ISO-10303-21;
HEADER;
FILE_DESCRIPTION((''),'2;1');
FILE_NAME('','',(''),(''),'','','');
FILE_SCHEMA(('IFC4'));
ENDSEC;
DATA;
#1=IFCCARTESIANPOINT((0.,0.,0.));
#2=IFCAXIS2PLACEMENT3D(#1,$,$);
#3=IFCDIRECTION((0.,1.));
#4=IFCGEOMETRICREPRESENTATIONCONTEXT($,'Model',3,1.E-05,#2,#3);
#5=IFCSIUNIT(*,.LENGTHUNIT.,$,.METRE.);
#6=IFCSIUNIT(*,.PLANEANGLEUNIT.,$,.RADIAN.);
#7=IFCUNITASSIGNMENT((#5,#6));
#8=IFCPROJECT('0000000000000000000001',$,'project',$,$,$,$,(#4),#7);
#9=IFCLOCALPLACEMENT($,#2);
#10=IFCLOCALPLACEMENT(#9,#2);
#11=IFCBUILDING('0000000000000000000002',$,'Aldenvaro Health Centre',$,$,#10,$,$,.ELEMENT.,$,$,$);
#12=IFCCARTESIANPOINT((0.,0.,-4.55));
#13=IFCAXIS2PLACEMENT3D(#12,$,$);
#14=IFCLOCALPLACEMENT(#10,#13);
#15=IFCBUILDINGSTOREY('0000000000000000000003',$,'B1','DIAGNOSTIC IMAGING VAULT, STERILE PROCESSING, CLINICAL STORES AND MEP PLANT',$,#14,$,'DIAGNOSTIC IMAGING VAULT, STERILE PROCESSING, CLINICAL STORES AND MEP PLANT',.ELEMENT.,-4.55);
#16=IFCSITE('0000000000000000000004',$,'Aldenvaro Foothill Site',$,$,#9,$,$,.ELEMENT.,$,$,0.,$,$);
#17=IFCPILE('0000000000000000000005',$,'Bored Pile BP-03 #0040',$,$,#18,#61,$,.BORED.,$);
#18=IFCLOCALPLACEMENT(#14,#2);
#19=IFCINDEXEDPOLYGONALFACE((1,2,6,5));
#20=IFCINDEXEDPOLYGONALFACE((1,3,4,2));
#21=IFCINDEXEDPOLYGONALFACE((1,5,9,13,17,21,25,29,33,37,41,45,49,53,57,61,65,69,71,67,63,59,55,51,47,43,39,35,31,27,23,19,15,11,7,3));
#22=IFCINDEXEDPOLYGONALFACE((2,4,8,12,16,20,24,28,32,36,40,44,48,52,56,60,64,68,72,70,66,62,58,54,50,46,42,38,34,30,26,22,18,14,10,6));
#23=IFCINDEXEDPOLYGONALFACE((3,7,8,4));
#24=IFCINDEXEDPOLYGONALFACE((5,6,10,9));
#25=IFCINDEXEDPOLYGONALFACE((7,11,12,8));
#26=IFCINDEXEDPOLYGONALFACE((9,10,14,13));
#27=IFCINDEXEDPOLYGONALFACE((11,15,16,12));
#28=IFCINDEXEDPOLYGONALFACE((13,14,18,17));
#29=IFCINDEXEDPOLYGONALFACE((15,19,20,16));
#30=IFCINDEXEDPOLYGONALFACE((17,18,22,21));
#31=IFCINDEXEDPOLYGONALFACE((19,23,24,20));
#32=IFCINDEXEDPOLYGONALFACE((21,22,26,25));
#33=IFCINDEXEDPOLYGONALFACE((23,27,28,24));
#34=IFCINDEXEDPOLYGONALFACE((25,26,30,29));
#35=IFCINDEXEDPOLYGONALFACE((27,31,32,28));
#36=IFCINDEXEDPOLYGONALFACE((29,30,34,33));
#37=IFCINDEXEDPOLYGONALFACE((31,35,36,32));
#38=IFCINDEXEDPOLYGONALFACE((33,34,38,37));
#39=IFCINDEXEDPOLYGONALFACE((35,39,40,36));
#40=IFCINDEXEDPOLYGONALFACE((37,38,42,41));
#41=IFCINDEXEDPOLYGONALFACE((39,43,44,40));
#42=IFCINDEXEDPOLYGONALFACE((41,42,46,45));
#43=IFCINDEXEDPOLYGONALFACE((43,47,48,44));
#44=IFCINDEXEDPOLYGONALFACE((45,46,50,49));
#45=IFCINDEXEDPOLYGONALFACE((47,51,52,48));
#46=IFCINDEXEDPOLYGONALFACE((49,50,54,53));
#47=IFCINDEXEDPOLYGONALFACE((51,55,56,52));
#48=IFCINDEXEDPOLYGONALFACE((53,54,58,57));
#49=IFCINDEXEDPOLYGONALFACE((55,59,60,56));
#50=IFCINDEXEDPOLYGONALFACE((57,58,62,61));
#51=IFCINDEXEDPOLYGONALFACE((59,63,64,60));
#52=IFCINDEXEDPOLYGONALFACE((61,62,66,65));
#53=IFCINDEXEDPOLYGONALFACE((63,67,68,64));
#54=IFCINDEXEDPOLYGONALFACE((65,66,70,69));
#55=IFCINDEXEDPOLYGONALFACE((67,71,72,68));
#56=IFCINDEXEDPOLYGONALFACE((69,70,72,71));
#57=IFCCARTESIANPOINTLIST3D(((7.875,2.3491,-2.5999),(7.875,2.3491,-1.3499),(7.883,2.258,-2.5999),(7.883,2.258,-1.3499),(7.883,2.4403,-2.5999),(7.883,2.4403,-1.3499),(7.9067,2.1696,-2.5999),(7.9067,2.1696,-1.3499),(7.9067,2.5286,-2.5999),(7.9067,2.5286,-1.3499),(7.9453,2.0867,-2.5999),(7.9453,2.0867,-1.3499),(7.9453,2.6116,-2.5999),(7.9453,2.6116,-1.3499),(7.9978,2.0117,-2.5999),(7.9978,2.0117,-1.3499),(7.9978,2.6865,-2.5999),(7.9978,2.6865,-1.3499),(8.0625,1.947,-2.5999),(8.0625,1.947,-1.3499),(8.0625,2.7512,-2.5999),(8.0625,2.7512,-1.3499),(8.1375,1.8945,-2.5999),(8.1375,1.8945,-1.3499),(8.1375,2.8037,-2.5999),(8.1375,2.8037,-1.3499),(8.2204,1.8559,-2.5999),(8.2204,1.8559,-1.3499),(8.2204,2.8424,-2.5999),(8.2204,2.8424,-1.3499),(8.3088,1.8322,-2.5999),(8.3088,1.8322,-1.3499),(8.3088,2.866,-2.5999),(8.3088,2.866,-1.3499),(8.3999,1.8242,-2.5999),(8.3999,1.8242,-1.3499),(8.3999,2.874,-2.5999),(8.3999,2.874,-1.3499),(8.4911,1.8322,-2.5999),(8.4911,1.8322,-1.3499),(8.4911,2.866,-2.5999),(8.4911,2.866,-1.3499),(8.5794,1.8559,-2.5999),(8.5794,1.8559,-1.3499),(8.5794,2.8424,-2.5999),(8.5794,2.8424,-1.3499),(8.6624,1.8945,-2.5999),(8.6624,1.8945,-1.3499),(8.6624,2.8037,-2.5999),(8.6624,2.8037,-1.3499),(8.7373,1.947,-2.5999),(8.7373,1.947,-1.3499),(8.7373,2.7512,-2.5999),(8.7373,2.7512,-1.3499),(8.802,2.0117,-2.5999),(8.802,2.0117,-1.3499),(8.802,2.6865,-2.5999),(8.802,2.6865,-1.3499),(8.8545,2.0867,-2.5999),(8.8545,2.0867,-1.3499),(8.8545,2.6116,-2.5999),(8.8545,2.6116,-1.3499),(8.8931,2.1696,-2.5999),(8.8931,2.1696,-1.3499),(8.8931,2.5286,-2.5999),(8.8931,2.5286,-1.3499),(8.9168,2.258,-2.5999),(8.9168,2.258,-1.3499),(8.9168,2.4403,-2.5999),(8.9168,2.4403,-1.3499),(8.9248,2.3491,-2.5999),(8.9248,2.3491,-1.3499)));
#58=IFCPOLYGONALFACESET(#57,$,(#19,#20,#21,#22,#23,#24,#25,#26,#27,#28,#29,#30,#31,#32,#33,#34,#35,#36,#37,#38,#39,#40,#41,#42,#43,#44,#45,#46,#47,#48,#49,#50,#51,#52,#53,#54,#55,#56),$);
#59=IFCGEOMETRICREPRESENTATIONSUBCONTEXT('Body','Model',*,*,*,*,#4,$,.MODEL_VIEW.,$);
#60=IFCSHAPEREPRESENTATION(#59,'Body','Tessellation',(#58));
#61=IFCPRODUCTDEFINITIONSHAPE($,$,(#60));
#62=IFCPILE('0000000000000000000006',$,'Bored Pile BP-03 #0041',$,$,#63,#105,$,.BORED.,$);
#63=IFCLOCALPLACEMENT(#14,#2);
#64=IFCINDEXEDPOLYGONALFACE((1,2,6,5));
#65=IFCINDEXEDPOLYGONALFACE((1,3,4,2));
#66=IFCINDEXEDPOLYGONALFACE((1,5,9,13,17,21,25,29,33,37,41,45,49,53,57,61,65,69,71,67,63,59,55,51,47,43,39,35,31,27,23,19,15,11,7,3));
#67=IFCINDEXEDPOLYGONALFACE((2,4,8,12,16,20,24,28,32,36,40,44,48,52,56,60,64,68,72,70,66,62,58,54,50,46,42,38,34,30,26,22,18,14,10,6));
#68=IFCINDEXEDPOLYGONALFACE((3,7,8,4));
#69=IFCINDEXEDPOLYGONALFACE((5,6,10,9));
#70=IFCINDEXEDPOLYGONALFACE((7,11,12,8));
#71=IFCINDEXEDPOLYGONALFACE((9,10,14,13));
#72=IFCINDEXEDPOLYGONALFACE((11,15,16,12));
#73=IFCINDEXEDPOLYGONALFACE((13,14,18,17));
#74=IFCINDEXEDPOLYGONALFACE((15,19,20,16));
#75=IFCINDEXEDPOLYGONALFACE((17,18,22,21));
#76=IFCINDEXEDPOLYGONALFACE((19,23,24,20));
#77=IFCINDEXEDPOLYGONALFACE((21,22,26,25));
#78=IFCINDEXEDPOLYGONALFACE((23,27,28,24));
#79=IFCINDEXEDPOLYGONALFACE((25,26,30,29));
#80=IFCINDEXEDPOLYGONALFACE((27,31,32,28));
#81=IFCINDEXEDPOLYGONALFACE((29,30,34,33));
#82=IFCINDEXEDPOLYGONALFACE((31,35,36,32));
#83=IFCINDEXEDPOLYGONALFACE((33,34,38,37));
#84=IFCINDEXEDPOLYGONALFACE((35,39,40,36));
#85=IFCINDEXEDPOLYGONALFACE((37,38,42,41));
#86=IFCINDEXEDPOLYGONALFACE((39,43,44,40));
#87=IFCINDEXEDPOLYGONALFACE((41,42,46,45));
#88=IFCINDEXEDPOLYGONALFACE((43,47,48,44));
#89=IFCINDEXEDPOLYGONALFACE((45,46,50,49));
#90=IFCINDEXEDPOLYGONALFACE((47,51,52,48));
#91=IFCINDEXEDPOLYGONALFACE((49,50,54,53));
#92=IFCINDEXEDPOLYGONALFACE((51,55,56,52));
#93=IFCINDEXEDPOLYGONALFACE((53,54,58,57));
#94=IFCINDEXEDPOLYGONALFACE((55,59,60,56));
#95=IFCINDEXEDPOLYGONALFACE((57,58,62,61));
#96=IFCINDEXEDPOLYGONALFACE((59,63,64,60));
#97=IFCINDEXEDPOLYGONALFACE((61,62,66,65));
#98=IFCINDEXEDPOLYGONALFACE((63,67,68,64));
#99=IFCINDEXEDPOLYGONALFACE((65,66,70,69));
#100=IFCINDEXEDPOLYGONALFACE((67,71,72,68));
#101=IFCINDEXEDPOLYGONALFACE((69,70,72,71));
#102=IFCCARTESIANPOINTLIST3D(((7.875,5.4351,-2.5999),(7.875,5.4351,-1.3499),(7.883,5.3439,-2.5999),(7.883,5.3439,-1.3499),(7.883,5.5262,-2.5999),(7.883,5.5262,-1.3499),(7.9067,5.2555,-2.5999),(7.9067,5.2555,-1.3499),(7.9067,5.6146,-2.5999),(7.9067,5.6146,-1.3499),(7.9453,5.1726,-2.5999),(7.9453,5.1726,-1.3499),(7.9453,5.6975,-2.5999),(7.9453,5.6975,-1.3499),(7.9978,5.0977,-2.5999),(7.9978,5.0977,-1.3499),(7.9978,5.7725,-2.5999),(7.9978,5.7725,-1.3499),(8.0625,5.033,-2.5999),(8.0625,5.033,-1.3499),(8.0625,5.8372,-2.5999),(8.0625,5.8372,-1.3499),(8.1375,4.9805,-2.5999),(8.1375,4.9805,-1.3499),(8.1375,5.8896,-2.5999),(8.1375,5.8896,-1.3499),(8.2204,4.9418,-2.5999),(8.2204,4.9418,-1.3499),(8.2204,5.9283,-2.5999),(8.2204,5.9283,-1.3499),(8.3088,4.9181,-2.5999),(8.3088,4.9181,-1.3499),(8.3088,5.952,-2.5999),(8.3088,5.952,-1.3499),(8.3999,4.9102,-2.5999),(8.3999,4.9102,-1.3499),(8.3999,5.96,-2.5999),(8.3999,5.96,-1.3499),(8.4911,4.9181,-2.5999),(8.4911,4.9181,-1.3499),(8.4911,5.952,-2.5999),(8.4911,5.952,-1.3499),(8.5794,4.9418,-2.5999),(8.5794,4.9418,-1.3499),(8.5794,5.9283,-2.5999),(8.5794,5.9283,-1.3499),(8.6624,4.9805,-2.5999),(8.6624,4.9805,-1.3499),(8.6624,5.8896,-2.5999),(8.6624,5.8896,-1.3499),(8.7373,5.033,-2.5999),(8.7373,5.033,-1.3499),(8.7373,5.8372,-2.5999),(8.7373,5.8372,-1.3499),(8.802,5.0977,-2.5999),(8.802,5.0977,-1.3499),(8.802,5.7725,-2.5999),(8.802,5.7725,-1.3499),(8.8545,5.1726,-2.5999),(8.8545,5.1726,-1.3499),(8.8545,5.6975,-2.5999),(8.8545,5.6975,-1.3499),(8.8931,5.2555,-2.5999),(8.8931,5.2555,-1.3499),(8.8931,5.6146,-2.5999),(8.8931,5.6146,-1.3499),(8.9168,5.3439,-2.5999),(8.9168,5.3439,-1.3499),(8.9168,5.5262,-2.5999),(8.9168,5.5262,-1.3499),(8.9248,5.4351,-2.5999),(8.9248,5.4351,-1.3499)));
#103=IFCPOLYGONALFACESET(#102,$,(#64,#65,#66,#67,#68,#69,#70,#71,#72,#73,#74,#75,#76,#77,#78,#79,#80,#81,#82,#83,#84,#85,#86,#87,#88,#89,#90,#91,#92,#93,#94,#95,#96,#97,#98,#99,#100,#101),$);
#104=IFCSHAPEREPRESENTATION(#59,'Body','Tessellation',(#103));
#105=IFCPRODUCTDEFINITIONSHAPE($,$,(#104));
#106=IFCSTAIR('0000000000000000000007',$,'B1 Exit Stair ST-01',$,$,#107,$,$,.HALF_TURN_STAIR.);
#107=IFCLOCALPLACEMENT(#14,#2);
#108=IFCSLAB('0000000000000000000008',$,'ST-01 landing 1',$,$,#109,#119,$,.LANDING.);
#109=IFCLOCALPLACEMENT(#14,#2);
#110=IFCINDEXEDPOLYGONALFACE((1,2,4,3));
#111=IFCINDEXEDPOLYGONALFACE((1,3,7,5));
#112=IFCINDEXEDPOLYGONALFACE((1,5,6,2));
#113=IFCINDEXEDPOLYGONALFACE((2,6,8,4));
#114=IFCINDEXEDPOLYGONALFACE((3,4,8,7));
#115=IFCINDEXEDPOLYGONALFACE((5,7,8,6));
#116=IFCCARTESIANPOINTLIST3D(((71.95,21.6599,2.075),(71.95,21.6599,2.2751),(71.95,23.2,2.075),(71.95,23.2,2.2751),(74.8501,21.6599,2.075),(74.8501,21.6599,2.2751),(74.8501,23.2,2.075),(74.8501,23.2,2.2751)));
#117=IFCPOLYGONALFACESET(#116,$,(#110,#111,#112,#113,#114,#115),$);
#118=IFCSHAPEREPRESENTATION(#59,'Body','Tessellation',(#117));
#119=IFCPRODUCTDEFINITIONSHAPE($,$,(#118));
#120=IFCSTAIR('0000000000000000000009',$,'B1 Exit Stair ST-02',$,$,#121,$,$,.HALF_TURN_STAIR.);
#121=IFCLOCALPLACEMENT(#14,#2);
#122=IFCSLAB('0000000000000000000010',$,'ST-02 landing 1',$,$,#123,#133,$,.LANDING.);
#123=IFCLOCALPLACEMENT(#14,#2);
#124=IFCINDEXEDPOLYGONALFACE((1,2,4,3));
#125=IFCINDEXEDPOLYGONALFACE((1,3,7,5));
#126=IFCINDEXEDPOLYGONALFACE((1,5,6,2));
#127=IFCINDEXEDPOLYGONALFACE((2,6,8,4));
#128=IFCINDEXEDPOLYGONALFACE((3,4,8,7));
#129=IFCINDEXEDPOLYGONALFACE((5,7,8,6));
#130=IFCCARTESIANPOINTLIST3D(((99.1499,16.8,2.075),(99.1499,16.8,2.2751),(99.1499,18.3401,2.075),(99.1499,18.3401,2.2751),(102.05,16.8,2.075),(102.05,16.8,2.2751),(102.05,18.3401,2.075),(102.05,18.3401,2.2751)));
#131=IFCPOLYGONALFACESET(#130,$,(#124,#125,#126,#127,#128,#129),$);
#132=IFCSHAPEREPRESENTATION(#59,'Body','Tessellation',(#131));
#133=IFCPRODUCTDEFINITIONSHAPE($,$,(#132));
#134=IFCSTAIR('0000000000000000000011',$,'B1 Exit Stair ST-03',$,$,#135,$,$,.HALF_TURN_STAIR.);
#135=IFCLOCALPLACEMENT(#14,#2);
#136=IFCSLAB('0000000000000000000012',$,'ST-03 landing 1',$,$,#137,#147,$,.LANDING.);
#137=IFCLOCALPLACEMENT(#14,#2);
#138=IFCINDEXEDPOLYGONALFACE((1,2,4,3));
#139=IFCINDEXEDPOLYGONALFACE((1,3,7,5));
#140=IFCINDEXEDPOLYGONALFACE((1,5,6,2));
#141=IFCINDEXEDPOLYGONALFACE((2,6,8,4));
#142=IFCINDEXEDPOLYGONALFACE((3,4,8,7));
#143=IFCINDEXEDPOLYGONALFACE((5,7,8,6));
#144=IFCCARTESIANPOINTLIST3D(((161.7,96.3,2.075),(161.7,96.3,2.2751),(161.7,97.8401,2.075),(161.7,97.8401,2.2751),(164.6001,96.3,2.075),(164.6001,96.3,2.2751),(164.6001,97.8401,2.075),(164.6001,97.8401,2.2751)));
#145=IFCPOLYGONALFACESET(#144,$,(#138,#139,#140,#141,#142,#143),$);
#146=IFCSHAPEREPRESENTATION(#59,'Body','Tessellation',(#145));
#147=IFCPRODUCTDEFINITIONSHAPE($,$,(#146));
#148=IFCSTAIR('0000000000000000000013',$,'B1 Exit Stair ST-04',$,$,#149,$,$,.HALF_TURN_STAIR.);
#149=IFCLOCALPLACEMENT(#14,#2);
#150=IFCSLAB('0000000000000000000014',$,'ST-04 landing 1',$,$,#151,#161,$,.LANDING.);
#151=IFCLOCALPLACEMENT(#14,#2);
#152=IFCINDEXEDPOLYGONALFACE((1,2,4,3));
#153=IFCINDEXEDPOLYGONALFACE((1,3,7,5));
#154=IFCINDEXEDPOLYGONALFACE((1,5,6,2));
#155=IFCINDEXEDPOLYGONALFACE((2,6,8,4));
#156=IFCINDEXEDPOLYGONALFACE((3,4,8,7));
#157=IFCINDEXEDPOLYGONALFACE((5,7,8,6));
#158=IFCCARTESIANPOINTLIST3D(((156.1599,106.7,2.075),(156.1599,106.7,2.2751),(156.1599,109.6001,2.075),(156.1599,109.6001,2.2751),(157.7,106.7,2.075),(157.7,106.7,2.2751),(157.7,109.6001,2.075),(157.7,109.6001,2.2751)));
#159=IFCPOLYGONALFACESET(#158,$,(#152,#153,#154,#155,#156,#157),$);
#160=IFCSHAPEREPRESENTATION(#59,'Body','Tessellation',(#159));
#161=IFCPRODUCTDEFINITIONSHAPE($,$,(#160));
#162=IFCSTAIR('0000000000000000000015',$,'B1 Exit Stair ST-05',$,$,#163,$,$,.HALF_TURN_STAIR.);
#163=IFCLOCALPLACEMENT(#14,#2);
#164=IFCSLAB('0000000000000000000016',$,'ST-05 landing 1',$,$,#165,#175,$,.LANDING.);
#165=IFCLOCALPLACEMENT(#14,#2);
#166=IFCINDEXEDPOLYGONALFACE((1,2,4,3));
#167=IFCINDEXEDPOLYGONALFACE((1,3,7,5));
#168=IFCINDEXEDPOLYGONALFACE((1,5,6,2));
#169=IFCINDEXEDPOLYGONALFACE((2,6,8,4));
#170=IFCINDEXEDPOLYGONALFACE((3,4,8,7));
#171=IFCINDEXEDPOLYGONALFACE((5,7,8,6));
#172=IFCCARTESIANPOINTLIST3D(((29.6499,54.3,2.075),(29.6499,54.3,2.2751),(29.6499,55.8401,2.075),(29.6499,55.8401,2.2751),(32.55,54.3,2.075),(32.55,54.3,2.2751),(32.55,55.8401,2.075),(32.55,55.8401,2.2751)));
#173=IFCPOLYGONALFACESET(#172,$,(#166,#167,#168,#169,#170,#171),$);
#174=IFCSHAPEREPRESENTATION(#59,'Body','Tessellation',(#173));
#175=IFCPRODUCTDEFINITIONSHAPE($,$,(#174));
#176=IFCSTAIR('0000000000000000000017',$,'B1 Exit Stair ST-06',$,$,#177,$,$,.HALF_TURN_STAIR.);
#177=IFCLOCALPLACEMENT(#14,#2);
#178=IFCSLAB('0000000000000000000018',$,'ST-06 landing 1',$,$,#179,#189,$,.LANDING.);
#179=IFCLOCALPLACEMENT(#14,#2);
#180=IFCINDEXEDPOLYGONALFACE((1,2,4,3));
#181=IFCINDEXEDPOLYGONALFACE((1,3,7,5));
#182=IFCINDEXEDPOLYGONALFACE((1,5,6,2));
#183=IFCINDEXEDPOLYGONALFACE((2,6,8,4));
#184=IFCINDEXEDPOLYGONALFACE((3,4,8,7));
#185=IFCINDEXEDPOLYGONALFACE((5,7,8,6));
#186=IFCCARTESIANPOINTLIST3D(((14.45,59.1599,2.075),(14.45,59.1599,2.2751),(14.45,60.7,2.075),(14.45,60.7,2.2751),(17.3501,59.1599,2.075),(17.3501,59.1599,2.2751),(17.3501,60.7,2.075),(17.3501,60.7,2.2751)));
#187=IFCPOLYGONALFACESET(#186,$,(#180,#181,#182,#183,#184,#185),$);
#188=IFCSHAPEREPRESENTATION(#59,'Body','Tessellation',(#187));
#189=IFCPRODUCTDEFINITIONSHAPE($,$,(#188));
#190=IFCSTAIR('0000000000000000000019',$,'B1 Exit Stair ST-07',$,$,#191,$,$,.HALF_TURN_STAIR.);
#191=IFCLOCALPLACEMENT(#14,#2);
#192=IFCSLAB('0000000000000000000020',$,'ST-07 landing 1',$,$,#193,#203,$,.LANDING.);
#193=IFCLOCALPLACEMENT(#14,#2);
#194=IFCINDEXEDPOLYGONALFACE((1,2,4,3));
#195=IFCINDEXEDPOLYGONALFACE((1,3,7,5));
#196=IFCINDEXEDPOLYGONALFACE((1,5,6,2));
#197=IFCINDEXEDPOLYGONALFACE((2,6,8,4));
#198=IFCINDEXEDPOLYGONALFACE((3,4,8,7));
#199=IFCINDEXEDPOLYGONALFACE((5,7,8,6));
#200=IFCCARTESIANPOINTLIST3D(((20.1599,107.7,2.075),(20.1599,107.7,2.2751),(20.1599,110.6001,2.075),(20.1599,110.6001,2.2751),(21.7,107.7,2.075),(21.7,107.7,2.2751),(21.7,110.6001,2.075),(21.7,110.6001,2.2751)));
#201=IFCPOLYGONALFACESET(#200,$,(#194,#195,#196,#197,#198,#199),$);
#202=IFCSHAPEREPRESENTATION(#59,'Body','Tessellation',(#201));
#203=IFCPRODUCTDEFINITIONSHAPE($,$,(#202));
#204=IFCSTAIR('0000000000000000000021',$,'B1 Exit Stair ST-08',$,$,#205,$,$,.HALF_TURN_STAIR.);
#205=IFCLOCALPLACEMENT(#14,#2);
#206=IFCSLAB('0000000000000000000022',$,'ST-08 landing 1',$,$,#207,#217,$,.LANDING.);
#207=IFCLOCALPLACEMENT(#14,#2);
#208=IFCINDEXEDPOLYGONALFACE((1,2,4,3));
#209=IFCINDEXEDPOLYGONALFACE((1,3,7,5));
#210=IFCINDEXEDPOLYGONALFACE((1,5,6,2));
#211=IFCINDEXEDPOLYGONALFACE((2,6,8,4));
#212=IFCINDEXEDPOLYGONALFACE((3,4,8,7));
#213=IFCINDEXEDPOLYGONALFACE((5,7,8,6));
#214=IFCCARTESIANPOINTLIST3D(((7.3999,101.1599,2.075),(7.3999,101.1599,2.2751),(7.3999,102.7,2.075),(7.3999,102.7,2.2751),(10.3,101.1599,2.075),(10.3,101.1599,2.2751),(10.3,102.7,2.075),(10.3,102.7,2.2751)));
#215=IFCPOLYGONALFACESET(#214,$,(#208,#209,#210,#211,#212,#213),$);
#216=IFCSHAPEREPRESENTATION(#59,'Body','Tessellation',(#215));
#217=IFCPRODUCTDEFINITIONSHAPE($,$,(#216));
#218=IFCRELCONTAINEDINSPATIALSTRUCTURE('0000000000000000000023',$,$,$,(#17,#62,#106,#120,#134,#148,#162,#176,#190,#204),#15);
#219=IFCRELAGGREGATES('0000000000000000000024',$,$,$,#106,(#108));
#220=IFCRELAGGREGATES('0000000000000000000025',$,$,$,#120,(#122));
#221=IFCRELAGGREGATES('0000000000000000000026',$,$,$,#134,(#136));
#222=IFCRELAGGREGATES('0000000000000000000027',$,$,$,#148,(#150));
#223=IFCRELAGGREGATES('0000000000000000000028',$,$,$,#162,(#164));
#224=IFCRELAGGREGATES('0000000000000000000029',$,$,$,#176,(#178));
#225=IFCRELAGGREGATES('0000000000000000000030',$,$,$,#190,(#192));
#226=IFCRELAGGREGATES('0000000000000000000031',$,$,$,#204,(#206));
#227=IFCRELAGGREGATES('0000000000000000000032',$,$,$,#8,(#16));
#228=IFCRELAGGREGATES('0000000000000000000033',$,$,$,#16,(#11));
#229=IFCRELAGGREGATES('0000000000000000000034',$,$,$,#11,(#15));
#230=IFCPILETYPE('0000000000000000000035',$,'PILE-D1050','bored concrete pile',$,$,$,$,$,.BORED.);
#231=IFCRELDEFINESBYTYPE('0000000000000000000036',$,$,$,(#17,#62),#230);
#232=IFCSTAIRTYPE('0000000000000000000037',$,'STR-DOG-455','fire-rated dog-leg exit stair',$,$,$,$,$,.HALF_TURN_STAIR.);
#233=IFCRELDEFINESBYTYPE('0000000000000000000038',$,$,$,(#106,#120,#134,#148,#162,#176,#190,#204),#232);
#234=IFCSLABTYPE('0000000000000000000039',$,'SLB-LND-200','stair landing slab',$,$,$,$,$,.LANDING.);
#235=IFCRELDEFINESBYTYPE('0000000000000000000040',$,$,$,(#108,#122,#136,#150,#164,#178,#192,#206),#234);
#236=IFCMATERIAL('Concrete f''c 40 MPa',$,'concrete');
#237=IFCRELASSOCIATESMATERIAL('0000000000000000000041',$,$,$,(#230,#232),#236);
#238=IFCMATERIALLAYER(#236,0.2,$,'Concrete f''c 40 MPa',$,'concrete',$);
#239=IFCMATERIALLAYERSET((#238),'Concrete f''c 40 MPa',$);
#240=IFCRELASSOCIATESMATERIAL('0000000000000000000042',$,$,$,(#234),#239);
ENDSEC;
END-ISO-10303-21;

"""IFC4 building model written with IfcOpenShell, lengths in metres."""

from ifc_helpers import new_model, si_unit, direction, frame, origin, origin_2d, place, context, subcontext, project, spatial, polyline, circle, outline, extrude, material, layer, layer_set, material_profile, profile_set, type_object, element, aggregate, save


model = new_model("IFC4")

# Units and contexts
model_context = context("Model", 3, precision=1e-05, world=origin(), true_north=direction((0.0, 1.0)))
body_context = subcontext(model_context, "Body", "Model", "MODEL_VIEW")
ifc_project = project(units=[si_unit("LENGTHUNIT", "METRE"), si_unit("PLANEANGLEUNIT", "RADIAN")], contexts=[model_context])

# Site, building, storey
site_placement = place(None, origin())
site = spatial("IfcSite", under=ifc_project, at=site_placement, Name="Aldenvaro Foothill Site", CompositionType="ELEMENT", RefElevation=0.0)
building_placement = place(site_placement, origin())
building = spatial("IfcBuilding", under=site, at=building_placement, Name="Aldenvaro Health Centre", CompositionType="ELEMENT")
storey_placement = place(building_placement, frame((0.0, 0.0, -4.55)))
storey = spatial("IfcBuildingStorey", under=building, at=storey_placement, Name="B1", Description="DIAGNOSTIC IMAGING VAULT, STERILE PROCESSING, CLINICAL STORES AND MEP PLANT", LongName="DIAGNOSTIC IMAGING VAULT, STERILE PROCESSING, CLINICAL STORES AND MEP PLANT", CompositionType="ELEMENT", Elevation=-4.55)

# Piles
ifc_material_1 = material(Name="Concrete f'c 40 MPa", Category="concrete")
ifc_material_profile = material_profile(ifc_material_1, circle(Radius=0.5249, at=origin_2d()), Name="PILE D1050", Category="concrete")
ifc_profile_set = profile_set([ifc_material_profile], Name="Concrete f'c 40 MPa")
pile_type = type_object("IfcPileType", Name="PILE-D1050", Description="bored concrete pile", PredefinedType="BORED", material=ifc_profile_set)
for number, where, z_axis, x_axis, name in (
    (1, (8.3999, 2.3491, -1.3499), (0.0, 0.0, -1.0), (1.0, 0.0, 0.0), "Bored Pile BP-03 #0040"),
    (2, (8.3999, 5.4351, -1.3499), (0.0, 0.0, -1.0), (1.0, 0.0, 0.0), "Bored Pile BP-03 #0041"),
):
    element("IfcPile", number, at=place(storey_placement, frame(where, z_axis=z_axis, x_axis=x_axis)), inside=storey, type_object=pile_type, Name=name, PredefinedType="BORED", context=body_context, shape_type="SweptSolid", body=[
        extrude(circle(Radius=0.5249, at=origin_2d()), origin(), (0.0, 0.0, 1.0), 1.25),
    ])

# Stairs, slabs
stair_type = type_object("IfcStairType", Name="STR-DOG-455", Description="fire-rated dog-leg exit stair", PredefinedType="HALF_TURN_STAIR", material=ifc_material_1)
stair_1_placement = place(storey_placement, origin())
stair_1 = element("IfcStair", 3, at=stair_1_placement, inside=storey, type_object=stair_type, Name="B1 Exit Stair ST-01", PredefinedType="HALF_TURN_STAIR")
ifc_layer_1 = layer(ifc_material_1, 0.2, Name="Concrete f'c 40 MPa", Category="concrete")
ifc_layer_set_1 = layer_set([ifc_layer_1], Name="Concrete f'c 40 MPa")
slab_type = type_object("IfcSlabType", Name="SLB-LND-200", Description="stair landing slab", PredefinedType="LANDING", material=ifc_layer_set_1)
slab_1_placement = place(storey_placement, frame((0.0, 0.0, 2.075)))
slab_1 = element("IfcSlab", 4, at=slab_1_placement, type_object=slab_type, Name="ST-01 landing 1", PredefinedType="LANDING", context=body_context, shape_type="SweptSolid", body=[
    extrude(outline(polyline([(74.8501, 21.6599), (74.8501, 23.2), (71.95, 23.2), (71.95, 21.6599), (74.8501, 21.6599)])), origin(), (0.0, 0.0, 1.0), 0.2002),
])
aggregate(stair_1, [slab_1])
stair_2_placement = place(storey_placement, origin())
stair_2 = element("IfcStair", 5, at=stair_2_placement, inside=storey, type_object=stair_type, Name="B1 Exit Stair ST-02", PredefinedType="HALF_TURN_STAIR")
slab_2_placement = place(storey_placement, frame((0.0, 0.0, 2.075)))
slab_2 = element("IfcSlab", 6, at=slab_2_placement, type_object=slab_type, Name="ST-02 landing 1", PredefinedType="LANDING", context=body_context, shape_type="SweptSolid", body=[
    extrude(outline(polyline([(99.1499, 18.3401), (99.1499, 16.8), (102.05, 16.8), (102.05, 18.3401), (99.1499, 18.3401)])), origin(), (0.0, 0.0, 1.0), 0.2002),
])
aggregate(stair_2, [slab_2])
stair_3_placement = place(storey_placement, origin())
stair_3 = element("IfcStair", 7, at=stair_3_placement, inside=storey, type_object=stair_type, Name="B1 Exit Stair ST-03", PredefinedType="HALF_TURN_STAIR")
slab_3_placement = place(storey_placement, frame((0.0, 0.0, 2.075)))
slab_3 = element("IfcSlab", 8, at=slab_3_placement, type_object=slab_type, Name="ST-03 landing 1", PredefinedType="LANDING", context=body_context, shape_type="SweptSolid", body=[
    extrude(outline(polyline([(161.7, 97.8401), (161.7, 96.3), (164.6001, 96.3), (164.6001, 97.8401), (161.7, 97.8401)])), origin(), (0.0, 0.0, 1.0), 0.2002),
])
aggregate(stair_3, [slab_3])
stair_4_placement = place(storey_placement, origin())
stair_4 = element("IfcStair", 9, at=stair_4_placement, inside=storey, type_object=stair_type, Name="B1 Exit Stair ST-04", PredefinedType="HALF_TURN_STAIR")
slab_4_placement = place(storey_placement, frame((0.0, 0.0, 2.075)))
slab_4 = element("IfcSlab", 10, at=slab_4_placement, type_object=slab_type, Name="ST-04 landing 1", PredefinedType="LANDING", context=body_context, shape_type="SweptSolid", body=[
    extrude(outline(polyline([(156.1599, 106.7), (157.7, 106.7), (157.7, 109.6001), (156.1599, 109.6001), (156.1599, 106.7)])), origin(), (0.0, 0.0, 1.0), 0.2002),
])
aggregate(stair_4, [slab_4])
stair_5_placement = place(storey_placement, origin())
stair_5 = element("IfcStair", 11, at=stair_5_placement, inside=storey, type_object=stair_type, Name="B1 Exit Stair ST-05", PredefinedType="HALF_TURN_STAIR")
slab_5_placement = place(storey_placement, frame((0.0, 0.0, 2.075)))
slab_5 = element("IfcSlab", 12, at=slab_5_placement, type_object=slab_type, Name="ST-05 landing 1", PredefinedType="LANDING", context=body_context, shape_type="SweptSolid", body=[
    extrude(outline(polyline([(29.6499, 55.8401), (29.6499, 54.3), (32.55, 54.3), (32.55, 55.8401), (29.6499, 55.8401)])), origin(), (0.0, 0.0, 1.0), 0.2002),
])
aggregate(stair_5, [slab_5])
stair_6_placement = place(storey_placement, origin())
stair_6 = element("IfcStair", 13, at=stair_6_placement, inside=storey, type_object=stair_type, Name="B1 Exit Stair ST-06", PredefinedType="HALF_TURN_STAIR")
slab_6_placement = place(storey_placement, frame((0.0, 0.0, 2.075)))
slab_6 = element("IfcSlab", 14, at=slab_6_placement, type_object=slab_type, Name="ST-06 landing 1", PredefinedType="LANDING", context=body_context, shape_type="SweptSolid", body=[
    extrude(outline(polyline([(17.3501, 59.1599), (17.3501, 60.7), (14.45, 60.7), (14.45, 59.1599), (17.3501, 59.1599)])), origin(), (0.0, 0.0, 1.0), 0.2002),
])
aggregate(stair_6, [slab_6])
stair_7_placement = place(storey_placement, origin())
stair_7 = element("IfcStair", 15, at=stair_7_placement, inside=storey, type_object=stair_type, Name="B1 Exit Stair ST-07", PredefinedType="HALF_TURN_STAIR")
slab_7_placement = place(storey_placement, frame((0.0, 0.0, 2.075)))
slab_7 = element("IfcSlab", 16, at=slab_7_placement, type_object=slab_type, Name="ST-07 landing 1", PredefinedType="LANDING", context=body_context, shape_type="SweptSolid", body=[
    extrude(outline(polyline([(20.1599, 107.7), (21.7, 107.7), (21.7, 110.6001), (20.1599, 110.6001), (20.1599, 107.7)])), origin(), (0.0, 0.0, 1.0), 0.2002),
])
aggregate(stair_7, [slab_7])
stair_8_placement = place(storey_placement, origin())
stair_8 = element("IfcStair", 17, at=stair_8_placement, inside=storey, type_object=stair_type, Name="B1 Exit Stair ST-08", PredefinedType="HALF_TURN_STAIR")
slab_8_placement = place(storey_placement, frame((0.0, 0.0, 2.075)))
slab_8 = element("IfcSlab", 18, at=slab_8_placement, type_object=slab_type, Name="ST-08 landing 1", PredefinedType="LANDING", context=body_context, shape_type="SweptSolid", body=[
    extrude(outline(polyline([(10.3, 101.1599), (10.3, 102.7), (7.3999, 102.7), (7.3999, 101.1599), (10.3, 101.1599)])), origin(), (0.0, 0.0, 1.0), 0.2002),
])
aggregate(stair_8, [slab_8])

save(model, "model.ifc")
